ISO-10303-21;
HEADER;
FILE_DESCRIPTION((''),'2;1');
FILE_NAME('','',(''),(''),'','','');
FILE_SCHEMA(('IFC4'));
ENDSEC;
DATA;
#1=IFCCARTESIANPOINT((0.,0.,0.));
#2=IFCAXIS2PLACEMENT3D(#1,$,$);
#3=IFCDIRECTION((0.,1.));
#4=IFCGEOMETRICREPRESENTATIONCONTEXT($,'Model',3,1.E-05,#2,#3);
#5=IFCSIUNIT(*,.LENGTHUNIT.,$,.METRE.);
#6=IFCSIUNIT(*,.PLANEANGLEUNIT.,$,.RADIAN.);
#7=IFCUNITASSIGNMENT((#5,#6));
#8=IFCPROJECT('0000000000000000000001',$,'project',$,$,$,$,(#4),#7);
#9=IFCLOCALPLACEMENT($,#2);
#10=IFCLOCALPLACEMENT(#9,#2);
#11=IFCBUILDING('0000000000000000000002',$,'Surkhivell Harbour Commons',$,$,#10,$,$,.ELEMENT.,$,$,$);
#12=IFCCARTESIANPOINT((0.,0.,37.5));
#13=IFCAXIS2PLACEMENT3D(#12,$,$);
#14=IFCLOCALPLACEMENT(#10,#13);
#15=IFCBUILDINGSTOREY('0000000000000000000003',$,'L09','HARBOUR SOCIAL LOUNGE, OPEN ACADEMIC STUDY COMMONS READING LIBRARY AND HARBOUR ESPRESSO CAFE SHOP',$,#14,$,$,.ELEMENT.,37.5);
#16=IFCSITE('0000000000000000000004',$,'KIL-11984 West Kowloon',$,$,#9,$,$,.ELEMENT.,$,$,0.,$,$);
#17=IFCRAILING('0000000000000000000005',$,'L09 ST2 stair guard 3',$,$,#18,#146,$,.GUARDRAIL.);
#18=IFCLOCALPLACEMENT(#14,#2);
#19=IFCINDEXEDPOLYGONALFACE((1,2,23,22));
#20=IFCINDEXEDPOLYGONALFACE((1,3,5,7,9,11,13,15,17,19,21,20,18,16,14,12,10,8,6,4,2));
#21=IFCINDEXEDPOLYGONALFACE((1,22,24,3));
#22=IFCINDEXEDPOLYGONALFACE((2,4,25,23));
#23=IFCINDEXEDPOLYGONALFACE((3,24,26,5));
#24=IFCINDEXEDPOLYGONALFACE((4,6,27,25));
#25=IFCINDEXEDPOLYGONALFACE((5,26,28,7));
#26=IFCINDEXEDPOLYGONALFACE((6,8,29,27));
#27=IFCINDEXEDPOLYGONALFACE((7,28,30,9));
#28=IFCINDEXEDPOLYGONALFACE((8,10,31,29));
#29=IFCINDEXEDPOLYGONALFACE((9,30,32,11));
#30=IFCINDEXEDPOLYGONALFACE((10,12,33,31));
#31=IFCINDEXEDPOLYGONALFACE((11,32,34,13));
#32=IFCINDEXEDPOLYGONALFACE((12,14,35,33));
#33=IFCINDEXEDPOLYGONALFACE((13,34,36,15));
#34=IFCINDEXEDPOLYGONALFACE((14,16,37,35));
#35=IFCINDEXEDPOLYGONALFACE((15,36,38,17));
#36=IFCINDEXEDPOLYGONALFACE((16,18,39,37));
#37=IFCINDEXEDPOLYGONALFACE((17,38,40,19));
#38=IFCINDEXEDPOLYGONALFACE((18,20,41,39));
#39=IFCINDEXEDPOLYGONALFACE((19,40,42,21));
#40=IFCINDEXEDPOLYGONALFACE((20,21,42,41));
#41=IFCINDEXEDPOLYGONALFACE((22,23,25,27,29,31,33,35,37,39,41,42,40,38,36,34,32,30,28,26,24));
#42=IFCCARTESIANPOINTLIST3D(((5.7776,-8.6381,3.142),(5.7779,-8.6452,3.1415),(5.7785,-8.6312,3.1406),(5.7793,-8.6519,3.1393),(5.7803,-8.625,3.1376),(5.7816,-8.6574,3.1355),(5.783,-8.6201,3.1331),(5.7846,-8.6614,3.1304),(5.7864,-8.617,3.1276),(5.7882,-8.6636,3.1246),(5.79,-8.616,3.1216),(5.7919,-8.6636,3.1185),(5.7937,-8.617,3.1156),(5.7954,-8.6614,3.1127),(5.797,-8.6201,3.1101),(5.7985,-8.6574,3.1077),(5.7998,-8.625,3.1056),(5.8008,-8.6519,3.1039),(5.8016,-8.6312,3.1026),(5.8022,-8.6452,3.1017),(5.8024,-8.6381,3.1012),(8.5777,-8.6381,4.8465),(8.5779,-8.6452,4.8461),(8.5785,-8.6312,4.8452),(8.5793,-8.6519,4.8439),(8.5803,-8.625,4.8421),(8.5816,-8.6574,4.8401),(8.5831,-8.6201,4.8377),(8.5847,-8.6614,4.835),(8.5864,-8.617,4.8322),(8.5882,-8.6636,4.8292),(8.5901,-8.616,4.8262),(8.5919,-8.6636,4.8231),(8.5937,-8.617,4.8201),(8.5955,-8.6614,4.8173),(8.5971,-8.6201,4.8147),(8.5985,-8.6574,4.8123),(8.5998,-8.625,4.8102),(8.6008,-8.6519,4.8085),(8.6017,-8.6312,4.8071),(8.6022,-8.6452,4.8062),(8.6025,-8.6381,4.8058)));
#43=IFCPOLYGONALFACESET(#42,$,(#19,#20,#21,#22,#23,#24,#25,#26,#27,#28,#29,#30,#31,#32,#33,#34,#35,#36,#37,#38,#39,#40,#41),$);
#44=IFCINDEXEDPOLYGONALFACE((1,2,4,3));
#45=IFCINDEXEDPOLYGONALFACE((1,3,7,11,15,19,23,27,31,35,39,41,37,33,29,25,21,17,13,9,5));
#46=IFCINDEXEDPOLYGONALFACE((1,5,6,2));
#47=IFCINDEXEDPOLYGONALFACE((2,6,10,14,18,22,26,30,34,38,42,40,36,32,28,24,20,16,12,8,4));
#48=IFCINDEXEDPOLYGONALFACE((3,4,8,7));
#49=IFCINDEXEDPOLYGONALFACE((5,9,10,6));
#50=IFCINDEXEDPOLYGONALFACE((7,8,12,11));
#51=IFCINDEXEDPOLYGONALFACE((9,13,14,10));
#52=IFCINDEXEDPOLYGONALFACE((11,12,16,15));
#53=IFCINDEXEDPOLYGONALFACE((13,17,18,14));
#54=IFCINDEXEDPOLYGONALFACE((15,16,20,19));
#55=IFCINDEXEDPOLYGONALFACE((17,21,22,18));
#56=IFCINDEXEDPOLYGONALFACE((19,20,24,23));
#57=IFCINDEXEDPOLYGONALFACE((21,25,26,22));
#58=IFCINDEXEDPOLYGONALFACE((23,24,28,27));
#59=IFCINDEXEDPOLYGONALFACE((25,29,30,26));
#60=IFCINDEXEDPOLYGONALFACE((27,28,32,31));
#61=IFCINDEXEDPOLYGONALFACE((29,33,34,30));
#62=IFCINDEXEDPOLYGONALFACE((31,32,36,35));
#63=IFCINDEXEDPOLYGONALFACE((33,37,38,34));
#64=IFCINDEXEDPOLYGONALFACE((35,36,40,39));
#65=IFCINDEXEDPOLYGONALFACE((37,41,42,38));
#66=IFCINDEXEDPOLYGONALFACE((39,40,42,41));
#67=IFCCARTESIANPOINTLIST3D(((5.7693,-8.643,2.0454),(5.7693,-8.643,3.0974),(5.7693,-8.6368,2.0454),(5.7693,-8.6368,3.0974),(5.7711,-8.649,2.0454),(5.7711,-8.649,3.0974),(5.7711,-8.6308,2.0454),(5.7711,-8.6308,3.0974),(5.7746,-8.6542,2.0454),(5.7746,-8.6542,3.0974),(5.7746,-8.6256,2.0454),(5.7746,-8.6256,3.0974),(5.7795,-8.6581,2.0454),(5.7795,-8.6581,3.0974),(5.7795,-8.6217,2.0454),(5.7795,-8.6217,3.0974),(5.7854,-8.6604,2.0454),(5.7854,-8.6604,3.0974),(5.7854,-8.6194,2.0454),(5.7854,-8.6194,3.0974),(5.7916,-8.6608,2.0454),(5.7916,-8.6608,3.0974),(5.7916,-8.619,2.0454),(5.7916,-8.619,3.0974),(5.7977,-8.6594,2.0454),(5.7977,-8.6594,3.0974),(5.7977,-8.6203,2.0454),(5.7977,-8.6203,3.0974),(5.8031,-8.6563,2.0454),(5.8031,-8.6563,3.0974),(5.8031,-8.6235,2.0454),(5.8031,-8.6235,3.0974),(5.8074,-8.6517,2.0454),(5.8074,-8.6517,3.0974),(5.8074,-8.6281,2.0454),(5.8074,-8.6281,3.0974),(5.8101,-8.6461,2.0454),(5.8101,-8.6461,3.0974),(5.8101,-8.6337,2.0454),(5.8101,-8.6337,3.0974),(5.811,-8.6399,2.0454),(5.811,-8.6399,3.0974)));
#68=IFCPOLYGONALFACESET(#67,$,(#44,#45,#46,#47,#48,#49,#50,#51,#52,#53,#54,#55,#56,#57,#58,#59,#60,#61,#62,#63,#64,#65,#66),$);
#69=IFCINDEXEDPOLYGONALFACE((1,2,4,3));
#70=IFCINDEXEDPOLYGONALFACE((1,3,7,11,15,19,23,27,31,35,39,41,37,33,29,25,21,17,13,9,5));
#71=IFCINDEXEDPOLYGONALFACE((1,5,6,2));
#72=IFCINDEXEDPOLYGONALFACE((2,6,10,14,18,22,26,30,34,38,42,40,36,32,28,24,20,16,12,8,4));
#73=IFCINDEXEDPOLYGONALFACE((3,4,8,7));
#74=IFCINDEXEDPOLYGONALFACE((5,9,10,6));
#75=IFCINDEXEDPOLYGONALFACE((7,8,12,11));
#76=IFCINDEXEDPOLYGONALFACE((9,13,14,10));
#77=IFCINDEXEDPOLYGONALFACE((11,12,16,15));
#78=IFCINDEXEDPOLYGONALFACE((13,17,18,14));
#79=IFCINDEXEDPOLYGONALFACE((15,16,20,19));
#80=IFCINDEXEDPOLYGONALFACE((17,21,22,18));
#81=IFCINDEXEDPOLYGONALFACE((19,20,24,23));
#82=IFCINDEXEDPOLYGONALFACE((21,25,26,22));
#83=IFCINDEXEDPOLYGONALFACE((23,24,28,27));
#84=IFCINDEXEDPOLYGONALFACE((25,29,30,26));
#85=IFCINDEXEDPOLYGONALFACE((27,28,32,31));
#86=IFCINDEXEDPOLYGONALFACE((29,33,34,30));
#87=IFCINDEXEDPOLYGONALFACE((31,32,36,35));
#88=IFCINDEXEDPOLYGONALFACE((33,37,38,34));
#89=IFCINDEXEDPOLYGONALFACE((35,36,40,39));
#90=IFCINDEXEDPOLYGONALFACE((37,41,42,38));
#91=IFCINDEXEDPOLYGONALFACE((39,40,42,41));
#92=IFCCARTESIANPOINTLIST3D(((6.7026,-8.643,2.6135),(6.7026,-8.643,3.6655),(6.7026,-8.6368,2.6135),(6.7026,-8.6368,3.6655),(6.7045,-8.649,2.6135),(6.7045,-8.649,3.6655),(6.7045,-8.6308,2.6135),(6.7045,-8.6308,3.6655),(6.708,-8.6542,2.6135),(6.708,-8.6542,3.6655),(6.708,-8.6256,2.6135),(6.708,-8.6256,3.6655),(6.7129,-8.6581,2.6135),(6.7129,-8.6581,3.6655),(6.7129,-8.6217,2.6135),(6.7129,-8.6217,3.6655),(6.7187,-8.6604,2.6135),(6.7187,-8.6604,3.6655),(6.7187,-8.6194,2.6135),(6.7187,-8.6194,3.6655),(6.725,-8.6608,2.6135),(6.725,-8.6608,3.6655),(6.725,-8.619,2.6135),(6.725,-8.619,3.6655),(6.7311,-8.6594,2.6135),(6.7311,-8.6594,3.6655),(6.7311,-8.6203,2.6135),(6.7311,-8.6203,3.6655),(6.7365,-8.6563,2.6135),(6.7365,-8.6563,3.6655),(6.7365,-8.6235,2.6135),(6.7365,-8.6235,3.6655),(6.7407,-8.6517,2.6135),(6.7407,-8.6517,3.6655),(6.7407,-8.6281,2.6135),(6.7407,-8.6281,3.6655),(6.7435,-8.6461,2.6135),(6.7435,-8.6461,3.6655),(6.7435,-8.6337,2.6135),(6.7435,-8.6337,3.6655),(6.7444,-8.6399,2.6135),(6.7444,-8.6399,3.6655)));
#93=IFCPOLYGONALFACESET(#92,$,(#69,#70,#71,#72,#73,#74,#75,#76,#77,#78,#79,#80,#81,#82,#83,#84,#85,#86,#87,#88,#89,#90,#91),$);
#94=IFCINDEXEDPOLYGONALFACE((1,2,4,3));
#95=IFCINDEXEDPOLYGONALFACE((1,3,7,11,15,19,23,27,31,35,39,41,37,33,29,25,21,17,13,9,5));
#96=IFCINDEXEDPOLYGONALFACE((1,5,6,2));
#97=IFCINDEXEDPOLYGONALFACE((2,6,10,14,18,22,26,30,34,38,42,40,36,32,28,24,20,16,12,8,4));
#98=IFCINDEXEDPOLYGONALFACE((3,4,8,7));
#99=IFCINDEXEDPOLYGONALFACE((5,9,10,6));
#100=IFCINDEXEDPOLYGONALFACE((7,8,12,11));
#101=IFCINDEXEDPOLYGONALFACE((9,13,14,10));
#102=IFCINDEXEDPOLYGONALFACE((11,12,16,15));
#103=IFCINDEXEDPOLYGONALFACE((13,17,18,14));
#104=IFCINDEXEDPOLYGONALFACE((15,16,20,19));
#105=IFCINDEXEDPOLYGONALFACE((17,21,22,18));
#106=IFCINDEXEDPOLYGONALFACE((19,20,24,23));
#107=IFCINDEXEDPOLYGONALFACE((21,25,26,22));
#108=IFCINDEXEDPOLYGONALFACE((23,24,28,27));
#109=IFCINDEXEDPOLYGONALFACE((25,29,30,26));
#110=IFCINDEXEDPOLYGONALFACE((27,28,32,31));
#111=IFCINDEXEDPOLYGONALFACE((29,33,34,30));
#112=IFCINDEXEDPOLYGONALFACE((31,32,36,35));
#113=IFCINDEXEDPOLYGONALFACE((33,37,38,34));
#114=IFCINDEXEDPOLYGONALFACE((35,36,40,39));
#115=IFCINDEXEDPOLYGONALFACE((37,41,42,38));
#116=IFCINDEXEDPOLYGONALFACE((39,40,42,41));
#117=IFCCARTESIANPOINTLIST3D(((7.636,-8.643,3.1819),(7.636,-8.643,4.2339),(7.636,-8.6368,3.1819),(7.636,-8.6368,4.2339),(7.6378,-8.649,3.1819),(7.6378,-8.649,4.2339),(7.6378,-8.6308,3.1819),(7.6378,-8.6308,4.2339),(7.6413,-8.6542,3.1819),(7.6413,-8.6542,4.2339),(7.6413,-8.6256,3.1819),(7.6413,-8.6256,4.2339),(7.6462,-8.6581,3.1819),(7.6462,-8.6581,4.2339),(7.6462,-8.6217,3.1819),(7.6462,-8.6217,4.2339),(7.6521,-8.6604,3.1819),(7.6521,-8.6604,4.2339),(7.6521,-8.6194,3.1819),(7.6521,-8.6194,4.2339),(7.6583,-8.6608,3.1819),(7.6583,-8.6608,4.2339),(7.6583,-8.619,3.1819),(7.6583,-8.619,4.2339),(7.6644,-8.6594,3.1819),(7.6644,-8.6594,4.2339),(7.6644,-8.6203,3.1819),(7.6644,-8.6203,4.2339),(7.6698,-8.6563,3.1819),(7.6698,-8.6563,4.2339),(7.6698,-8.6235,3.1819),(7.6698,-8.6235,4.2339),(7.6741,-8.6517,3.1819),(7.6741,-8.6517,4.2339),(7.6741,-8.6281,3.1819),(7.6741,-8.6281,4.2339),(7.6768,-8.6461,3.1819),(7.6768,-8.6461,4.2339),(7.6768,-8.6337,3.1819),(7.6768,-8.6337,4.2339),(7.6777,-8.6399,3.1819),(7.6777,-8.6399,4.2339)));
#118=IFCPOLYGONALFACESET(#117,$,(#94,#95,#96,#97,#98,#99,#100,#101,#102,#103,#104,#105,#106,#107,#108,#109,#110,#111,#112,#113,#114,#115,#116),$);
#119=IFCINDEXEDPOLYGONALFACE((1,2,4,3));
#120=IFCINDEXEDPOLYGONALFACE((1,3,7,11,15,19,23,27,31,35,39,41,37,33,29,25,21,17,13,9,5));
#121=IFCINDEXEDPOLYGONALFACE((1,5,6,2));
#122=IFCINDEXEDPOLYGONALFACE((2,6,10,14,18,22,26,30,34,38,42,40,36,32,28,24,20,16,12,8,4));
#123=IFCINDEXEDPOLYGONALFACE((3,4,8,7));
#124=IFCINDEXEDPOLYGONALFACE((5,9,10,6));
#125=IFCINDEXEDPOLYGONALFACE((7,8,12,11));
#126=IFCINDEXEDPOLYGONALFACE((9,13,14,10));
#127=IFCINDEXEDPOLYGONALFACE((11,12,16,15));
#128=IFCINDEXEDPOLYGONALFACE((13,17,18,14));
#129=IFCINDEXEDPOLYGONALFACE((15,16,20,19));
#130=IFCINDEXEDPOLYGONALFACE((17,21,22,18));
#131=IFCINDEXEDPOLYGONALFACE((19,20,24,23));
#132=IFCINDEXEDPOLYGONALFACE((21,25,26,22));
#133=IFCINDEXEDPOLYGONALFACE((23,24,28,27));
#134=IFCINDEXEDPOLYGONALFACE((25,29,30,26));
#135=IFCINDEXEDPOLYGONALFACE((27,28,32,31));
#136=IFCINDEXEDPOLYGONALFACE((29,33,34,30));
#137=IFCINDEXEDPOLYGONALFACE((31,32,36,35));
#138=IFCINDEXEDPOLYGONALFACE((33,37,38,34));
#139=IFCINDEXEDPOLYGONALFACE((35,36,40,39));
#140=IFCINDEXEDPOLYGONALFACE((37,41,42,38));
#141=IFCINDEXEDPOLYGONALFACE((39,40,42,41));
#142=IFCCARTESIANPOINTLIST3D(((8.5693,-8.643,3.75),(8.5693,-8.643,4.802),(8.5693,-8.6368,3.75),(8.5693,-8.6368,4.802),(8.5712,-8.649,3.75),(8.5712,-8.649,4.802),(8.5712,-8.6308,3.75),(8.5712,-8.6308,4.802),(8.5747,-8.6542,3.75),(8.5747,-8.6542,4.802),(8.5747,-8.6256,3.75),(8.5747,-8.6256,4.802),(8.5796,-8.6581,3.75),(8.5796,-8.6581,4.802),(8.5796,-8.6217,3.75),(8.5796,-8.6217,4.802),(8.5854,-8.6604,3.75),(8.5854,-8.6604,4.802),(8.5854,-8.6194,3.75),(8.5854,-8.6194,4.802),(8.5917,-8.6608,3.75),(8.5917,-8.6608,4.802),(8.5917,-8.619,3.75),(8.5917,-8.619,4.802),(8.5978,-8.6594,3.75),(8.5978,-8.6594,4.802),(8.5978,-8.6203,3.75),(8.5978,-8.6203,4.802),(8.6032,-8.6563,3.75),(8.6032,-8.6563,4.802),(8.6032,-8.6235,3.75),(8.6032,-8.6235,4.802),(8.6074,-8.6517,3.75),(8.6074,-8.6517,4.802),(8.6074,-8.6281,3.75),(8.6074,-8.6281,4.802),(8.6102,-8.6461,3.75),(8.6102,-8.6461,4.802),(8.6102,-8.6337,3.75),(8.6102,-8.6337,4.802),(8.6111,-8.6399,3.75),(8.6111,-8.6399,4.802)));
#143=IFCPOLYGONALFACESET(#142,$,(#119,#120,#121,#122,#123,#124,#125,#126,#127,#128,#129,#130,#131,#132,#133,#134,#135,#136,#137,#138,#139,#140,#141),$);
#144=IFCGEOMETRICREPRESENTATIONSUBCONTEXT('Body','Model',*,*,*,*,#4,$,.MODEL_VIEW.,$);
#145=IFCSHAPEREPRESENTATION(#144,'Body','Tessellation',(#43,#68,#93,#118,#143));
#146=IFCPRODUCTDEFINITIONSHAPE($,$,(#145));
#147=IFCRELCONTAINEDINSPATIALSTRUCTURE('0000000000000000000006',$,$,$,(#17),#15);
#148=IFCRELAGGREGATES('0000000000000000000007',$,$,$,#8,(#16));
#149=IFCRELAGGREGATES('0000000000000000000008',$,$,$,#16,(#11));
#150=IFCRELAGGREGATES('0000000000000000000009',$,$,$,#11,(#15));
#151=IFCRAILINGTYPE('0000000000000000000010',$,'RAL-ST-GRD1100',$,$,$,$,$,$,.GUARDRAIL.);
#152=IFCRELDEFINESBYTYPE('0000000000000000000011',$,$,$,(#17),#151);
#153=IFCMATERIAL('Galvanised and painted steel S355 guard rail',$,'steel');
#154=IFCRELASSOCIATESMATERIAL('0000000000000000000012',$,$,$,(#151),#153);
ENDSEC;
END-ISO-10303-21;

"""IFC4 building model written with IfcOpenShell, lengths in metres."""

from ifc_helpers import new_model, si_unit, direction, frame, origin, origin_2d, place, context, subcontext, project, spatial, circle, extrude, material, type_object, element, save


model = new_model("IFC4")

# Units and contexts
model_context = context("Model", 3, precision=1e-05, world=origin(), true_north=direction((0.0, 1.0)))
body_context = subcontext(model_context, "Body", "Model", "MODEL_VIEW")
ifc_project = project(units=[si_unit("LENGTHUNIT", "METRE"), si_unit("PLANEANGLEUNIT", "RADIAN")], contexts=[model_context])

# Site, building, storey
site_placement = place(None, origin())
site = spatial("IfcSite", under=ifc_project, at=site_placement, Name="KIL-11984 West Kowloon", CompositionType="ELEMENT", RefElevation=0.0)
building_placement = place(site_placement, origin())
building = spatial("IfcBuilding", under=site, at=building_placement, Name="Surkhivell Harbour Commons", CompositionType="ELEMENT")
storey_placement = place(building_placement, frame((0.0, 0.0, 37.5)))
storey = spatial("IfcBuildingStorey", under=building, at=storey_placement, Name="L09", Description="HARBOUR SOCIAL LOUNGE, OPEN ACADEMIC STUDY COMMONS READING LIBRARY AND HARBOUR ESPRESSO CAFE SHOP", CompositionType="ELEMENT", Elevation=37.5)

# Railing
ifc_material_1 = material(Name="Galvanised and painted steel S355 guard rail", Category="steel")
railing_type_1 = type_object("IfcRailingType", Name="RAL-ST-GRD1100", PredefinedType="GUARDRAIL", material=ifc_material_1)
railing_1_placement = place(storey_placement, frame((5.79, -8.6399, 2.0454)))
element("IfcRailing", 1, at=railing_1_placement, inside=storey, type_object=railing_type_1, Name="L09 ST2 stair guard 3", PredefinedType="GUARDRAIL", context=body_context, shape_type="SweptSolid", body=[
    extrude(circle(Radius=0.0239, at=origin_2d()), frame((0.0, 0.0, 1.0762), z_axis=(0.85417, 0.0, 0.519994), x_axis=(0.0, 1.0, 0.0)), (0.0, 0.0, 1.0), 3.2781),
    extrude(circle(Radius=0.021, at=origin_2d()), origin(), (0.0, 0.0, 1.0), 1.052),
    extrude(circle(Radius=0.021, at=origin_2d()), frame((0.9333, 0.0, 0.5681)), (0.0, 0.0, 1.0), 1.052),
    extrude(circle(Radius=0.021, at=origin_2d()), frame((1.8667, 0.0, 1.1365)), (0.0, 0.0, 1.0), 1.052),
    extrude(circle(Radius=0.021, at=origin_2d()), frame((2.8, 0.0, 1.7046)), (0.0, 0.0, 1.0), 1.052),
])

save(model, "model.ifc")
